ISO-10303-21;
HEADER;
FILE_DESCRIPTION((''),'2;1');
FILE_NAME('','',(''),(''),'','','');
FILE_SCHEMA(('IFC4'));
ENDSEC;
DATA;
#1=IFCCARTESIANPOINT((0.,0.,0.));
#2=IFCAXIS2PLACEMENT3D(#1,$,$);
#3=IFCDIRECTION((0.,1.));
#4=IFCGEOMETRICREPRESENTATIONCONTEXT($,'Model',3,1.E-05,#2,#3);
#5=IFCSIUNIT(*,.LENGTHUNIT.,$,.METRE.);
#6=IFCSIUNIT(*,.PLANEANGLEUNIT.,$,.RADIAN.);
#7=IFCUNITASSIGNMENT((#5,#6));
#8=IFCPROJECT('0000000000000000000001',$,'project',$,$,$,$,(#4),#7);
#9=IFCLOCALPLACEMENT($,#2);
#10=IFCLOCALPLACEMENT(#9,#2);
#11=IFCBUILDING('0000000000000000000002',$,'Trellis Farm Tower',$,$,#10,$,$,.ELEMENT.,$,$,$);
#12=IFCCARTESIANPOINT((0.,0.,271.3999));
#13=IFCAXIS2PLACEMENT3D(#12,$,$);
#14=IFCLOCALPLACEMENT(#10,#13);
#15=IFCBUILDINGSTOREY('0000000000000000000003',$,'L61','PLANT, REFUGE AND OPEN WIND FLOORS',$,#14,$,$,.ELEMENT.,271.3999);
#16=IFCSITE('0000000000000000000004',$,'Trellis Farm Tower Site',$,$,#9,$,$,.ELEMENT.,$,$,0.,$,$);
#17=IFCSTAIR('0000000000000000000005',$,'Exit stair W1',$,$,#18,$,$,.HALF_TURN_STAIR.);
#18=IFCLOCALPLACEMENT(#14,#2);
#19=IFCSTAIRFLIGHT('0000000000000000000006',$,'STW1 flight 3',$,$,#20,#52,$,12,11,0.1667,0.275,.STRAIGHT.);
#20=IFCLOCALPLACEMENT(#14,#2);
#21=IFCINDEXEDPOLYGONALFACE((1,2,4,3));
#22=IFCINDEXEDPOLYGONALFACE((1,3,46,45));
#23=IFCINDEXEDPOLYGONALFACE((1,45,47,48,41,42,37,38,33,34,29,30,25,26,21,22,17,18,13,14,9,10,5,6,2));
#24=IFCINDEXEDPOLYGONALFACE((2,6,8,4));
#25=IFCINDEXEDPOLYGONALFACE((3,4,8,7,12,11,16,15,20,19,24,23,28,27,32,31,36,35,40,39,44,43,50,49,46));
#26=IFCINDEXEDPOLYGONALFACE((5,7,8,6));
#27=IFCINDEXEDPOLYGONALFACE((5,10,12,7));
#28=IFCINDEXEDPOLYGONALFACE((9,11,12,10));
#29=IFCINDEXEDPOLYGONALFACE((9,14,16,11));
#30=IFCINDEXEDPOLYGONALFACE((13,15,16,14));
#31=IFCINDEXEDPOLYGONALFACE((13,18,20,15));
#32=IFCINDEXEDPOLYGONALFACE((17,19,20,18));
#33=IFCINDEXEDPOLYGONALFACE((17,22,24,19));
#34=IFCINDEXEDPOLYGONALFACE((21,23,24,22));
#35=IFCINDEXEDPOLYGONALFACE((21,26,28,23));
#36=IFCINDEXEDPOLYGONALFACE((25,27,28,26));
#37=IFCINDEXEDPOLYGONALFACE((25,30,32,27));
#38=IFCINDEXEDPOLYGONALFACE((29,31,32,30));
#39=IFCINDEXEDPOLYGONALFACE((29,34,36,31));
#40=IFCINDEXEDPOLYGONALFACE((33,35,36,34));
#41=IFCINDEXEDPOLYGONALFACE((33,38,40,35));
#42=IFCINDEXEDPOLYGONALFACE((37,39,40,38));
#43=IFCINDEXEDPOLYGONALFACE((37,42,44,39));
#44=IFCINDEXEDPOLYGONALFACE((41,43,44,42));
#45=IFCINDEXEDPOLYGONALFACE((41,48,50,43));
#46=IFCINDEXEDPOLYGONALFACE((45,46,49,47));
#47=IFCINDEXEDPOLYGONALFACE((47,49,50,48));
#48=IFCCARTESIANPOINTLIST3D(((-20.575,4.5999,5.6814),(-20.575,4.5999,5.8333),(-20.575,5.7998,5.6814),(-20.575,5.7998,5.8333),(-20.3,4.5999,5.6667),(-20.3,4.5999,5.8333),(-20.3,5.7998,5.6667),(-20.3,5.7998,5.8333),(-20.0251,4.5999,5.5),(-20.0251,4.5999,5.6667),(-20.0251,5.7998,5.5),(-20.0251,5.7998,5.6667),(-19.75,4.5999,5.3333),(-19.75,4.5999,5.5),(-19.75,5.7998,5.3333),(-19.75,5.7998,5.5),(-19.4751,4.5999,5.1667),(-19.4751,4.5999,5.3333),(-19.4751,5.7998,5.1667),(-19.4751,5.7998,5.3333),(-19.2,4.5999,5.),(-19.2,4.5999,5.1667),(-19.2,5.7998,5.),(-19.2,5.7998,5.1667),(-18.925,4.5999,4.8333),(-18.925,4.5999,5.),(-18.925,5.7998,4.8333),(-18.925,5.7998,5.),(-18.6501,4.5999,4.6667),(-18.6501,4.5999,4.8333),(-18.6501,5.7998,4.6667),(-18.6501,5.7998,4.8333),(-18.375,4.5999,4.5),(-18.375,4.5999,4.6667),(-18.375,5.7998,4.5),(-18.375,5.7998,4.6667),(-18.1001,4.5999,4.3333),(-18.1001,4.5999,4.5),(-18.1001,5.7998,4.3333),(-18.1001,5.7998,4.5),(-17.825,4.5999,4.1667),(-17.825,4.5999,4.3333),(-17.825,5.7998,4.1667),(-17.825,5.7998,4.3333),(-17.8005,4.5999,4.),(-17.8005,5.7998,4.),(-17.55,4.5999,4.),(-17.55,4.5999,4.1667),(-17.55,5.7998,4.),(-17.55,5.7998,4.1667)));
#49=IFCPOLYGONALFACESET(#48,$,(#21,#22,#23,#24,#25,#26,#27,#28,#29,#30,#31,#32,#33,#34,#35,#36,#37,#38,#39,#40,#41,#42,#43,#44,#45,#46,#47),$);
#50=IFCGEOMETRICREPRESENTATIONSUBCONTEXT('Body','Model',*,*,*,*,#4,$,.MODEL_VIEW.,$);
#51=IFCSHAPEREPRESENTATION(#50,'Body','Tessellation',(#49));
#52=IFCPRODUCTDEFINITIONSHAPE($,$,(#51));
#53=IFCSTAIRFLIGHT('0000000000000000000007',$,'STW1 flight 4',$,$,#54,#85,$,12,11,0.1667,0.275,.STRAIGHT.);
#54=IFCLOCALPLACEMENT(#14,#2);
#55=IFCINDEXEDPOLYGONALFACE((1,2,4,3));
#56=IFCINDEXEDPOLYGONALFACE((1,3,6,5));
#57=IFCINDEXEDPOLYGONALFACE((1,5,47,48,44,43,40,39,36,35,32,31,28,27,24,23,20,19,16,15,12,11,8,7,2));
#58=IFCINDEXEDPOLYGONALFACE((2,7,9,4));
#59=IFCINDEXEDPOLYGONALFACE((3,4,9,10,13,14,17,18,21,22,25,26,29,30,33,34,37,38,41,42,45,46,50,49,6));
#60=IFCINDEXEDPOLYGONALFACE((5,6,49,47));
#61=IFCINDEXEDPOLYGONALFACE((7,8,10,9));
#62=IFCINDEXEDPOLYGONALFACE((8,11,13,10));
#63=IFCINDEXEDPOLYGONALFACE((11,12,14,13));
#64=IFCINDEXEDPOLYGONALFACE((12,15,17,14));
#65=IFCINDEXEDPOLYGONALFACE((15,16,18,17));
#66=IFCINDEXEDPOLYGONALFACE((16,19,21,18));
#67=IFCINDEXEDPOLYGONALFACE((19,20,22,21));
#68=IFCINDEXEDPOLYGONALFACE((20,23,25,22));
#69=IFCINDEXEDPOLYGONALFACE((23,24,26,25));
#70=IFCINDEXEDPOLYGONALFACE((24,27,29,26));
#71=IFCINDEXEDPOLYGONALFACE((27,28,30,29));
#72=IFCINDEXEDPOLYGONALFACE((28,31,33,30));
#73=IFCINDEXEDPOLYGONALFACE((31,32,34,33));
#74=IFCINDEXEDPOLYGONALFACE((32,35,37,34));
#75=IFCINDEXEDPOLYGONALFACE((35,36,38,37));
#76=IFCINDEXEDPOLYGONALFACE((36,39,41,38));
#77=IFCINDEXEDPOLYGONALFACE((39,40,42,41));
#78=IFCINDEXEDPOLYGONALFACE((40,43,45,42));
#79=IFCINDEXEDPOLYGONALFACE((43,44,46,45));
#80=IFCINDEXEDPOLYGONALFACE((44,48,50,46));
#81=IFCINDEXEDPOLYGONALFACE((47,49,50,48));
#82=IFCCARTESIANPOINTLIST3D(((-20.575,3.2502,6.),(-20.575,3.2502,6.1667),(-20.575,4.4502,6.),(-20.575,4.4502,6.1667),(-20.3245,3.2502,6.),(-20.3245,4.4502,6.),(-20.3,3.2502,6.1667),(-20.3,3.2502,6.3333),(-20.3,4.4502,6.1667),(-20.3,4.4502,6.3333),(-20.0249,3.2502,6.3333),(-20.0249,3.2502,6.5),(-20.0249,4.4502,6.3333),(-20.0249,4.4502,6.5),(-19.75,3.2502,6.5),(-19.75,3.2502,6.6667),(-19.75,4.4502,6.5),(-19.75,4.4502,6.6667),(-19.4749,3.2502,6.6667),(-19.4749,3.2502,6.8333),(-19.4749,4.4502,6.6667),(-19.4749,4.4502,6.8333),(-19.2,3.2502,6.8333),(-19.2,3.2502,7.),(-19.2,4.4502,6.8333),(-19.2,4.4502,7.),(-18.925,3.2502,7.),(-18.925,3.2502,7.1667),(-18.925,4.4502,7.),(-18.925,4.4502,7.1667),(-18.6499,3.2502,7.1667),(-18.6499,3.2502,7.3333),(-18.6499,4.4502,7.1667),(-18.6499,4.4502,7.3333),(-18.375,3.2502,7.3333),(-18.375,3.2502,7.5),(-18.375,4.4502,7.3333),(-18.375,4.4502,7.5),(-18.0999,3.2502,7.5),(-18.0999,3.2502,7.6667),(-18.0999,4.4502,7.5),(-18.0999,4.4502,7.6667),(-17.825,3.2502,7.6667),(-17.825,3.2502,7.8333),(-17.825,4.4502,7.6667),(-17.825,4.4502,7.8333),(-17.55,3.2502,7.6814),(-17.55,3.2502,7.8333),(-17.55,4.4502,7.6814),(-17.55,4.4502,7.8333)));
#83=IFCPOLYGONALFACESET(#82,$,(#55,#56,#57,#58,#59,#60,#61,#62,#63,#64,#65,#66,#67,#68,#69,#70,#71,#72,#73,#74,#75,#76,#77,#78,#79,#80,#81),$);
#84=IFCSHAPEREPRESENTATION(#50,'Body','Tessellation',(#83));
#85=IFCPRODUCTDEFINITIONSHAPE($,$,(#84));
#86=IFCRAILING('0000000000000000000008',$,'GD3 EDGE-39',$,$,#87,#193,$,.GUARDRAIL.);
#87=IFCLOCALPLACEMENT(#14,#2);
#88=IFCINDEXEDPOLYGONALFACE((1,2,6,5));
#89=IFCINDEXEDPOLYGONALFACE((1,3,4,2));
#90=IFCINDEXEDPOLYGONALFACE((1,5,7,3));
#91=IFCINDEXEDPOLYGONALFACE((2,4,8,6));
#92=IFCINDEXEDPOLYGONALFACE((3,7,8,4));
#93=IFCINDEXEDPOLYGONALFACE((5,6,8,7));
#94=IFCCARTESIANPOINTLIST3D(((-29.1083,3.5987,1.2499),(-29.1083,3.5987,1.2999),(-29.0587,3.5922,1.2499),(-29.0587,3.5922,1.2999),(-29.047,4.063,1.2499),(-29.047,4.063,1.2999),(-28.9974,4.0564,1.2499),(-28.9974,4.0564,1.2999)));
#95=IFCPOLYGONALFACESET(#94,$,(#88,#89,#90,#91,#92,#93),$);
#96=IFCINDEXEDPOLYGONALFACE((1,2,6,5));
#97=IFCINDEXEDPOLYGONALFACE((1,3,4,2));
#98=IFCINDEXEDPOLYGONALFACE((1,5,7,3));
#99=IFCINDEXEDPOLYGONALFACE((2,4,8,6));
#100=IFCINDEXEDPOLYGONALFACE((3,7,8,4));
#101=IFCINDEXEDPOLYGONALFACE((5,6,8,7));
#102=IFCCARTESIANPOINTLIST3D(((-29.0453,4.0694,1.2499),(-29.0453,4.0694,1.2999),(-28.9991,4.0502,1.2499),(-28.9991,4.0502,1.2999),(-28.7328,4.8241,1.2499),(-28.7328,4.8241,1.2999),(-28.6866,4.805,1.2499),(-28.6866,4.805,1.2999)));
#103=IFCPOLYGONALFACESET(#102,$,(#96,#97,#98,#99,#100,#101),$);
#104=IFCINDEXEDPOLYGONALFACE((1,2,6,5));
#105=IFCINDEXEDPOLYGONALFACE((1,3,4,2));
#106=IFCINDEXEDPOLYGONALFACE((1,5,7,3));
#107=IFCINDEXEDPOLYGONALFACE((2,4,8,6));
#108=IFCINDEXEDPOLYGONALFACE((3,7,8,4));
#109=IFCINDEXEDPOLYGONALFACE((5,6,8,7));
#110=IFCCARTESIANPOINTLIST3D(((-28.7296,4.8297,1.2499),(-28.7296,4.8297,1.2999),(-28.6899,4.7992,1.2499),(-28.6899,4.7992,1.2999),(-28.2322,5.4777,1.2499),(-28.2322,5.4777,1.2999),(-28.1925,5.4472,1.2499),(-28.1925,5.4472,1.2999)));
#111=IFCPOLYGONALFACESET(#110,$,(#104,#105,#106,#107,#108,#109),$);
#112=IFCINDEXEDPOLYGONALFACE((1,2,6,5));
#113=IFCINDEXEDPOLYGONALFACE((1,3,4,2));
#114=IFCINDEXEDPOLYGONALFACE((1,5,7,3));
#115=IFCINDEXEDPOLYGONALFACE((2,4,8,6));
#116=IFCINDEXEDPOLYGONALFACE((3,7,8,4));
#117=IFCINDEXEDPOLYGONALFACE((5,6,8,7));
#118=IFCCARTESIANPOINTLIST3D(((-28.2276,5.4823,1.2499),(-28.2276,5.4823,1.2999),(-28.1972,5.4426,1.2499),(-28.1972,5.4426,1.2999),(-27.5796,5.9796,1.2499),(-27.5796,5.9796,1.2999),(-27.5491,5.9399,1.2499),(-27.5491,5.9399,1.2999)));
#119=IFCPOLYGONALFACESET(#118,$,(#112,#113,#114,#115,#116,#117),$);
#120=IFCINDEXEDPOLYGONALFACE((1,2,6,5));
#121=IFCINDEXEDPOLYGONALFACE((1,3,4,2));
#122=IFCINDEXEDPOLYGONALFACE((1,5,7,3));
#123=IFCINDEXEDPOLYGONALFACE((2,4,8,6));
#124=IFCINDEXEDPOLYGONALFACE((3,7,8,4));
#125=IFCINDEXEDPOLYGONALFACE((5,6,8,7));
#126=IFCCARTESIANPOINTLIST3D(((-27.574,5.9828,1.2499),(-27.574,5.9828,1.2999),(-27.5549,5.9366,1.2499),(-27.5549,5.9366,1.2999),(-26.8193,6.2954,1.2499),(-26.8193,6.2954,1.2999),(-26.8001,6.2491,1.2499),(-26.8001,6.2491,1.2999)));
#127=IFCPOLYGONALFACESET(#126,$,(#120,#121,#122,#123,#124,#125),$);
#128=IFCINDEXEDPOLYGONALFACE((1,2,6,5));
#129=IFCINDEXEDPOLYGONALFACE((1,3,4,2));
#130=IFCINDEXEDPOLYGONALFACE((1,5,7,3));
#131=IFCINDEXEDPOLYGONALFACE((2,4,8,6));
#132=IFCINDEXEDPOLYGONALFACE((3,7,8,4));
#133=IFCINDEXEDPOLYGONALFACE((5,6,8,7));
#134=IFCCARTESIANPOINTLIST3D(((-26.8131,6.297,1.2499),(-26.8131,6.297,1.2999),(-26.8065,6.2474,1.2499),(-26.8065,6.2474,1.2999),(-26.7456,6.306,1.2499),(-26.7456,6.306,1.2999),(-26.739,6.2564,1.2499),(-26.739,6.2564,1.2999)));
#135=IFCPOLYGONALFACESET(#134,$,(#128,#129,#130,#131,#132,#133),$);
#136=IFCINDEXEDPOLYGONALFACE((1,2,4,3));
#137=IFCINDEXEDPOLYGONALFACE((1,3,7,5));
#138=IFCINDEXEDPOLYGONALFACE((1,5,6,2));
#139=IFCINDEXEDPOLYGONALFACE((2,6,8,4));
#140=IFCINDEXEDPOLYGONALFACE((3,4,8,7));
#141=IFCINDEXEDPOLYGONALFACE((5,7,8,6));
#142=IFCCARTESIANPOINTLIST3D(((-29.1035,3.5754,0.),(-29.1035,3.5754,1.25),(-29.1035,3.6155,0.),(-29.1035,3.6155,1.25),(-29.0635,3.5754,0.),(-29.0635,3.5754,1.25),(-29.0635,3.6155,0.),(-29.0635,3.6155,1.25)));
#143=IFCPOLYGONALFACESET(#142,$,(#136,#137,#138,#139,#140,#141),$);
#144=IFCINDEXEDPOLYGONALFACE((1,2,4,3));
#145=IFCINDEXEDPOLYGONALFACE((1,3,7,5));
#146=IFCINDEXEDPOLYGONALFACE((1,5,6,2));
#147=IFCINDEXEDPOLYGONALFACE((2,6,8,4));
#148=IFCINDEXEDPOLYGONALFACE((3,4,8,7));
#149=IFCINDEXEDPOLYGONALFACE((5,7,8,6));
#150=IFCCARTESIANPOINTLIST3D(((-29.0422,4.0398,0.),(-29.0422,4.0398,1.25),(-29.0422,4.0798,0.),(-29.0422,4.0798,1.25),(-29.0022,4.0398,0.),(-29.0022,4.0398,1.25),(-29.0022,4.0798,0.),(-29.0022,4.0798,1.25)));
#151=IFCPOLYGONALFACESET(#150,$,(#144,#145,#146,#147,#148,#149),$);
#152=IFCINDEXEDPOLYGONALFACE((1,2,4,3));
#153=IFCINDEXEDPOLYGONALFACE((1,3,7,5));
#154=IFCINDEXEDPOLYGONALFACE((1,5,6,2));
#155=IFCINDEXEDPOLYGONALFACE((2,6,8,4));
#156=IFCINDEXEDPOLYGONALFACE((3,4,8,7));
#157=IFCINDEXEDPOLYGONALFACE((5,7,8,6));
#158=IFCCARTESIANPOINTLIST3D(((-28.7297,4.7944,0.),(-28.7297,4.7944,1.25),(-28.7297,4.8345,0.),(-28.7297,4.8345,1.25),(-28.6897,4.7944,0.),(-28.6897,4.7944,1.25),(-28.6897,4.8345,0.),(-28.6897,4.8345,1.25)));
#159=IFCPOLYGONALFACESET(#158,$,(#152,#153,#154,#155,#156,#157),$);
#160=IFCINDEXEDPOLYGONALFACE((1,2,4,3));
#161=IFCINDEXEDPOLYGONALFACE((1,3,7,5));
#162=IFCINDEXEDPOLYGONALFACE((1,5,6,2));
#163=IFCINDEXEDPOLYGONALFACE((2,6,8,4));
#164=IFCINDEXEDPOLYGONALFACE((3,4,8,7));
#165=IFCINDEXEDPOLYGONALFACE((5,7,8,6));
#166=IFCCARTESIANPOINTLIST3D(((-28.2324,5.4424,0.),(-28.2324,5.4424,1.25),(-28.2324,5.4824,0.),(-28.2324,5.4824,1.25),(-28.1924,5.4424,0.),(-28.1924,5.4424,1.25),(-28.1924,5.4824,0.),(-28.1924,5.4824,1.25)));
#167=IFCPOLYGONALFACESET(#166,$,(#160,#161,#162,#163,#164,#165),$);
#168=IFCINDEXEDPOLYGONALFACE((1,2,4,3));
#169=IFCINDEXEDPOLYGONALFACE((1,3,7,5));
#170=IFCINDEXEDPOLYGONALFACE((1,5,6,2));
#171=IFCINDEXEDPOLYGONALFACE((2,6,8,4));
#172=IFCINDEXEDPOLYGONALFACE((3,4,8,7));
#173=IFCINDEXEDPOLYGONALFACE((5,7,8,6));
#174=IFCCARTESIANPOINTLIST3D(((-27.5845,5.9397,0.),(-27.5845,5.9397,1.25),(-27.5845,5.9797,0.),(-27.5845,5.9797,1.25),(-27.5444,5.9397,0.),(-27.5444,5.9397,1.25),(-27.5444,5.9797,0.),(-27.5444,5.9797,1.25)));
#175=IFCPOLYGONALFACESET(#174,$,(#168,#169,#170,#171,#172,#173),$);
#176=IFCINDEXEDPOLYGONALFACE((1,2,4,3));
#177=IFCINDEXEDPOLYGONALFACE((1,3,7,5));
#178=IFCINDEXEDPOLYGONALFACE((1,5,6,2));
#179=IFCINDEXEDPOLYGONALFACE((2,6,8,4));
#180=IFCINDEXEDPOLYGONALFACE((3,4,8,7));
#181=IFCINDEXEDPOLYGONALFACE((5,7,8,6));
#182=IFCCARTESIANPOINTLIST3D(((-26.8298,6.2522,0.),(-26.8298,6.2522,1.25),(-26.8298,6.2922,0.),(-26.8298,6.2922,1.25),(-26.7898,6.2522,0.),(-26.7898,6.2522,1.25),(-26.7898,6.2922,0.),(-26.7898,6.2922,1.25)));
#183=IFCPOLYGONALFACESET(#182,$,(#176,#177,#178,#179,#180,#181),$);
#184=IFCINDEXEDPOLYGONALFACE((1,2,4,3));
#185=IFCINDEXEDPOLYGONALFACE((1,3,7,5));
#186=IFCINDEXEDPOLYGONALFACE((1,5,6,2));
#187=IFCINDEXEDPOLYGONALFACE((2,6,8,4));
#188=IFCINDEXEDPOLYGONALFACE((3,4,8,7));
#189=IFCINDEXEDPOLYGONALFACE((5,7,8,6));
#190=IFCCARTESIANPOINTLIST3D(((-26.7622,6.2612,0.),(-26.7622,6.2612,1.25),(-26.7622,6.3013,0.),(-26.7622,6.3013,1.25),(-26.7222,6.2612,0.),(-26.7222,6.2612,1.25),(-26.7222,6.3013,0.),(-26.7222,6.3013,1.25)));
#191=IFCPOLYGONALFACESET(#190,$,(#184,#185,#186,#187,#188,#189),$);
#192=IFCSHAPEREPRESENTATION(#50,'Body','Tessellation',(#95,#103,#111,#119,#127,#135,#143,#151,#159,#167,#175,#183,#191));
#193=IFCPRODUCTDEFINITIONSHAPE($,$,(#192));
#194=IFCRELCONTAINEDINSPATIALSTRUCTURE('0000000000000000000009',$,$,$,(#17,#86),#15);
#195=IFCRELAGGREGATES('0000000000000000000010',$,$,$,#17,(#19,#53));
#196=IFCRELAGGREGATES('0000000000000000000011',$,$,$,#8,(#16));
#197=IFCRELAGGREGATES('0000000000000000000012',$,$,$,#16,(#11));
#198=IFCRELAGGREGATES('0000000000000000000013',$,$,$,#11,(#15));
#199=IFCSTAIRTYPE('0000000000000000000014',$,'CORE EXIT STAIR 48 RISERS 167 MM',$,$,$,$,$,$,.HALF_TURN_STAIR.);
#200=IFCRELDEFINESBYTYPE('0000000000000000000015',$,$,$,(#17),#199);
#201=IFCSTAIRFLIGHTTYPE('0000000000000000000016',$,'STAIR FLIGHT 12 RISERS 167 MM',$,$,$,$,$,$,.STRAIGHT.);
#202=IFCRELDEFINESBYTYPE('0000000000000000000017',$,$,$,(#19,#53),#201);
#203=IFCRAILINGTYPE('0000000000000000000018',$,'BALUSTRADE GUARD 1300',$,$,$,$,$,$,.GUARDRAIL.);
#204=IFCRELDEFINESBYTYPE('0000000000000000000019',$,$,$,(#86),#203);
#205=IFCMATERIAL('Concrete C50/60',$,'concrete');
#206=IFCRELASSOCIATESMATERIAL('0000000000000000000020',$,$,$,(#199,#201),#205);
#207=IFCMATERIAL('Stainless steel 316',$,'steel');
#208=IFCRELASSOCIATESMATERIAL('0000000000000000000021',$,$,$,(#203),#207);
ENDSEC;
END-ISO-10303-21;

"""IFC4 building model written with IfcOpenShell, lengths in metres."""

from ifc_helpers import new_model, si_unit, direction, frame, origin, origin_2d, place, context, subcontext, project, spatial, polyline, rectangle, outline, extrude, source, transform, mapped, material, type_object, element, aggregate, save


model = new_model("IFC4")

# Units and contexts
model_context = context("Model", 3, precision=1e-05, world=origin(), true_north=direction((0.0, 1.0)))
body_context = subcontext(model_context, "Body", "Model", "MODEL_VIEW")
ifc_project = project(units=[si_unit("LENGTHUNIT", "METRE"), si_unit("PLANEANGLEUNIT", "RADIAN")], contexts=[model_context])

# Site, building, storey
site_placement = place(None, origin())
site = spatial("IfcSite", under=ifc_project, at=site_placement, Name="Trellis Farm Tower Site", CompositionType="ELEMENT", RefElevation=0.0)
building_placement = place(site_placement, origin())
building = spatial("IfcBuilding", under=site, at=building_placement, Name="Trellis Farm Tower", CompositionType="ELEMENT")
storey_placement = place(building_placement, frame((0.0, 0.0, 271.3999)))
storey = spatial("IfcBuildingStorey", under=building, at=storey_placement, Name="L61", Description="PLANT, REFUGE AND OPEN WIND FLOORS", CompositionType="ELEMENT", Elevation=271.3999)

# Stair, stair flights
ifc_material_1 = material(Name="Concrete C50/60", Category="concrete")
stair_type = type_object("IfcStairType", Name="CORE EXIT STAIR 48 RISERS 167 MM", PredefinedType="HALF_TURN_STAIR", material=ifc_material_1)
stair_placement = place(storey_placement, origin())
stair = element("IfcStair", 1, at=stair_placement, inside=storey, type_object=stair_type, Name="Exit stair W1", PredefinedType="HALF_TURN_STAIR")
stair_flight_type = type_object("IfcStairFlightType", Name="STAIR FLIGHT 12 RISERS 167 MM", PredefinedType="STRAIGHT", material=ifc_material_1)
shared_shape_1 = source(origin(), body_context, "Body", "SweptSolid", [
    extrude(outline(polyline([(0.0, 0.0), (0.0, 0.1667), (0.2749, 0.1667), (0.2749, 0.3333), (0.55, 0.3333), (0.55, 0.5), (0.825, 0.5), (0.825, 0.6667), (1.1001, 0.6667), (1.1001, 0.8333), (1.375, 0.8333), (1.375, 1.0), (1.6499, 1.0), (1.6499, 1.1667), (1.925, 1.1667), (1.925, 1.3333), (2.2, 1.3333), (2.2, 1.5), (2.4751, 1.5), (2.4751, 1.6667), (2.75, 1.6667), (2.75, 1.8333), (3.0249, 1.8333), (3.0249, 2.0), (3.0249, 1.6814), (0.2505, 0.0), (0.0, 0.0)])), frame((0.0, 0.6001, 0.0), z_axis=(0.0, -1.0, 0.0), x_axis=(1.0, 0.0, 0.0)), (0.0, 0.0, 1.0), 1.2),
])
stair_flight_1_placement = place(storey_placement, frame((-17.55, 5.2, 4.0), z_axis=(0.0, 0.0, 1.0), x_axis=(-1.0, 0.0, 0.0)))
stair_flight_1 = element("IfcStairFlight", 2, at=stair_flight_1_placement, type_object=stair_flight_type, Name="STW1 flight 3", NumberOfRisers=12, NumberOfTreads=11, PredefinedType="STRAIGHT", RiserHeight=0.1667, TreadLength=0.275, context=body_context, shape_type="MappedRepresentation", body=[
    mapped(shared_shape_1, transform((0.0, 0.0, 0.0))),
])
stair_flight_2_placement = place(storey_placement, frame((-20.575, 3.8501, 6.0), z_axis=(0.0, 0.0, 1.0), x_axis=(1.0, 0.0, 0.0)))
stair_flight_2 = element("IfcStairFlight", 3, at=stair_flight_2_placement, type_object=stair_flight_type, Name="STW1 flight 4", NumberOfRisers=12, NumberOfTreads=11, PredefinedType="STRAIGHT", RiserHeight=0.1667, TreadLength=0.275, context=body_context, shape_type="MappedRepresentation", body=[
    mapped(shared_shape_1, transform((0.0, 0.0, 0.0))),
])
aggregate(stair, [stair_flight_1, stair_flight_2])

# Railing
ifc_material_2 = material(Name="Stainless steel 316", Category="steel")
railing_type_1 = type_object("IfcRailingType", Name="BALUSTRADE GUARD 1300", PredefinedType="GUARDRAIL", material=ifc_material_2)
railing_1_placement = place(storey_placement, frame((-29.0835, 3.5955, 0.0)))
element("IfcRailing", 4, at=railing_1_placement, inside=storey, type_object=railing_type_1, Name="GD3 EDGE-39", PredefinedType="GUARDRAIL", context=body_context, shape_type="SweptSolid", body=[
    extrude(rectangle(XDim=0.05, YDim=0.05, at=origin_2d()), frame((0.0, 0.0, 1.2749), z_axis=(0.130832, 0.991405, 0.0), x_axis=(-0.991405, 0.130832, 0.0)), (0.0, 0.0, 1.0), 0.4683),
    extrude(rectangle(XDim=0.05, YDim=0.05, at=origin_2d()), frame((0.0613, 0.4644, 1.2749), z_axis=(0.382598, 0.923915, 0.0), x_axis=(-0.923915, 0.382598, 0.0)), (0.0, 0.0, 1.0), 0.8169),
    extrude(rectangle(XDim=0.05, YDim=0.05, at=origin_2d()), frame((0.3738, 1.219, 1.2749), z_axis=(0.608858, 0.793279, 0.0), x_axis=(-0.793279, 0.608858, 0.0)), (0.0, 0.0, 1.0), 0.8169),
    extrude(rectangle(XDim=0.05, YDim=0.05, at=origin_2d()), frame((0.8711, 1.8669, 1.2749), z_axis=(0.793279, 0.608858, 0.0), x_axis=(-0.608858, 0.793279, 0.0)), (0.0, 0.0, 1.0), 0.8169),
    extrude(rectangle(XDim=0.05, YDim=0.05, at=origin_2d()), frame((1.519, 2.3643, 1.2749), z_axis=(0.923915, 0.382598, 0.0), x_axis=(-0.382598, 0.923915, 0.0)), (0.0, 0.0, 1.0), 0.8169),
    extrude(rectangle(XDim=0.05, YDim=0.05, at=origin_2d()), frame((2.2737, 2.6768, 1.2749), z_axis=(0.991197, 0.132398, 0.0), x_axis=(-0.132398, 0.991197, 0.0)), (0.0, 0.0, 1.0), 0.0681),
    extrude(rectangle(XDim=0.04, YDim=0.04, at=origin_2d()), origin(), (0.0, 0.0, 1.0), 1.25),
    extrude(rectangle(XDim=0.04, YDim=0.04, at=origin_2d()), frame((0.0613, 0.4644, 0.0)), (0.0, 0.0, 1.0), 1.25),
    extrude(rectangle(XDim=0.04, YDim=0.04, at=origin_2d()), frame((0.3738, 1.219, 0.0)), (0.0, 0.0, 1.0), 1.25),
    extrude(rectangle(XDim=0.04, YDim=0.04, at=origin_2d()), frame((0.8711, 1.8669, 0.0)), (0.0, 0.0, 1.0), 1.25),
    extrude(rectangle(XDim=0.04, YDim=0.04, at=origin_2d()), frame((1.519, 2.3643, 0.0)), (0.0, 0.0, 1.0), 1.25),
    extrude(rectangle(XDim=0.04, YDim=0.04, at=origin_2d()), frame((2.2737, 2.6768, 0.0)), (0.0, 0.0, 1.0), 1.25),
    extrude(rectangle(XDim=0.04, YDim=0.04, at=origin_2d()), frame((2.3413, 2.6858, 0.0)), (0.0, 0.0, 1.0), 1.25),
])

save(model, "model.ifc")
